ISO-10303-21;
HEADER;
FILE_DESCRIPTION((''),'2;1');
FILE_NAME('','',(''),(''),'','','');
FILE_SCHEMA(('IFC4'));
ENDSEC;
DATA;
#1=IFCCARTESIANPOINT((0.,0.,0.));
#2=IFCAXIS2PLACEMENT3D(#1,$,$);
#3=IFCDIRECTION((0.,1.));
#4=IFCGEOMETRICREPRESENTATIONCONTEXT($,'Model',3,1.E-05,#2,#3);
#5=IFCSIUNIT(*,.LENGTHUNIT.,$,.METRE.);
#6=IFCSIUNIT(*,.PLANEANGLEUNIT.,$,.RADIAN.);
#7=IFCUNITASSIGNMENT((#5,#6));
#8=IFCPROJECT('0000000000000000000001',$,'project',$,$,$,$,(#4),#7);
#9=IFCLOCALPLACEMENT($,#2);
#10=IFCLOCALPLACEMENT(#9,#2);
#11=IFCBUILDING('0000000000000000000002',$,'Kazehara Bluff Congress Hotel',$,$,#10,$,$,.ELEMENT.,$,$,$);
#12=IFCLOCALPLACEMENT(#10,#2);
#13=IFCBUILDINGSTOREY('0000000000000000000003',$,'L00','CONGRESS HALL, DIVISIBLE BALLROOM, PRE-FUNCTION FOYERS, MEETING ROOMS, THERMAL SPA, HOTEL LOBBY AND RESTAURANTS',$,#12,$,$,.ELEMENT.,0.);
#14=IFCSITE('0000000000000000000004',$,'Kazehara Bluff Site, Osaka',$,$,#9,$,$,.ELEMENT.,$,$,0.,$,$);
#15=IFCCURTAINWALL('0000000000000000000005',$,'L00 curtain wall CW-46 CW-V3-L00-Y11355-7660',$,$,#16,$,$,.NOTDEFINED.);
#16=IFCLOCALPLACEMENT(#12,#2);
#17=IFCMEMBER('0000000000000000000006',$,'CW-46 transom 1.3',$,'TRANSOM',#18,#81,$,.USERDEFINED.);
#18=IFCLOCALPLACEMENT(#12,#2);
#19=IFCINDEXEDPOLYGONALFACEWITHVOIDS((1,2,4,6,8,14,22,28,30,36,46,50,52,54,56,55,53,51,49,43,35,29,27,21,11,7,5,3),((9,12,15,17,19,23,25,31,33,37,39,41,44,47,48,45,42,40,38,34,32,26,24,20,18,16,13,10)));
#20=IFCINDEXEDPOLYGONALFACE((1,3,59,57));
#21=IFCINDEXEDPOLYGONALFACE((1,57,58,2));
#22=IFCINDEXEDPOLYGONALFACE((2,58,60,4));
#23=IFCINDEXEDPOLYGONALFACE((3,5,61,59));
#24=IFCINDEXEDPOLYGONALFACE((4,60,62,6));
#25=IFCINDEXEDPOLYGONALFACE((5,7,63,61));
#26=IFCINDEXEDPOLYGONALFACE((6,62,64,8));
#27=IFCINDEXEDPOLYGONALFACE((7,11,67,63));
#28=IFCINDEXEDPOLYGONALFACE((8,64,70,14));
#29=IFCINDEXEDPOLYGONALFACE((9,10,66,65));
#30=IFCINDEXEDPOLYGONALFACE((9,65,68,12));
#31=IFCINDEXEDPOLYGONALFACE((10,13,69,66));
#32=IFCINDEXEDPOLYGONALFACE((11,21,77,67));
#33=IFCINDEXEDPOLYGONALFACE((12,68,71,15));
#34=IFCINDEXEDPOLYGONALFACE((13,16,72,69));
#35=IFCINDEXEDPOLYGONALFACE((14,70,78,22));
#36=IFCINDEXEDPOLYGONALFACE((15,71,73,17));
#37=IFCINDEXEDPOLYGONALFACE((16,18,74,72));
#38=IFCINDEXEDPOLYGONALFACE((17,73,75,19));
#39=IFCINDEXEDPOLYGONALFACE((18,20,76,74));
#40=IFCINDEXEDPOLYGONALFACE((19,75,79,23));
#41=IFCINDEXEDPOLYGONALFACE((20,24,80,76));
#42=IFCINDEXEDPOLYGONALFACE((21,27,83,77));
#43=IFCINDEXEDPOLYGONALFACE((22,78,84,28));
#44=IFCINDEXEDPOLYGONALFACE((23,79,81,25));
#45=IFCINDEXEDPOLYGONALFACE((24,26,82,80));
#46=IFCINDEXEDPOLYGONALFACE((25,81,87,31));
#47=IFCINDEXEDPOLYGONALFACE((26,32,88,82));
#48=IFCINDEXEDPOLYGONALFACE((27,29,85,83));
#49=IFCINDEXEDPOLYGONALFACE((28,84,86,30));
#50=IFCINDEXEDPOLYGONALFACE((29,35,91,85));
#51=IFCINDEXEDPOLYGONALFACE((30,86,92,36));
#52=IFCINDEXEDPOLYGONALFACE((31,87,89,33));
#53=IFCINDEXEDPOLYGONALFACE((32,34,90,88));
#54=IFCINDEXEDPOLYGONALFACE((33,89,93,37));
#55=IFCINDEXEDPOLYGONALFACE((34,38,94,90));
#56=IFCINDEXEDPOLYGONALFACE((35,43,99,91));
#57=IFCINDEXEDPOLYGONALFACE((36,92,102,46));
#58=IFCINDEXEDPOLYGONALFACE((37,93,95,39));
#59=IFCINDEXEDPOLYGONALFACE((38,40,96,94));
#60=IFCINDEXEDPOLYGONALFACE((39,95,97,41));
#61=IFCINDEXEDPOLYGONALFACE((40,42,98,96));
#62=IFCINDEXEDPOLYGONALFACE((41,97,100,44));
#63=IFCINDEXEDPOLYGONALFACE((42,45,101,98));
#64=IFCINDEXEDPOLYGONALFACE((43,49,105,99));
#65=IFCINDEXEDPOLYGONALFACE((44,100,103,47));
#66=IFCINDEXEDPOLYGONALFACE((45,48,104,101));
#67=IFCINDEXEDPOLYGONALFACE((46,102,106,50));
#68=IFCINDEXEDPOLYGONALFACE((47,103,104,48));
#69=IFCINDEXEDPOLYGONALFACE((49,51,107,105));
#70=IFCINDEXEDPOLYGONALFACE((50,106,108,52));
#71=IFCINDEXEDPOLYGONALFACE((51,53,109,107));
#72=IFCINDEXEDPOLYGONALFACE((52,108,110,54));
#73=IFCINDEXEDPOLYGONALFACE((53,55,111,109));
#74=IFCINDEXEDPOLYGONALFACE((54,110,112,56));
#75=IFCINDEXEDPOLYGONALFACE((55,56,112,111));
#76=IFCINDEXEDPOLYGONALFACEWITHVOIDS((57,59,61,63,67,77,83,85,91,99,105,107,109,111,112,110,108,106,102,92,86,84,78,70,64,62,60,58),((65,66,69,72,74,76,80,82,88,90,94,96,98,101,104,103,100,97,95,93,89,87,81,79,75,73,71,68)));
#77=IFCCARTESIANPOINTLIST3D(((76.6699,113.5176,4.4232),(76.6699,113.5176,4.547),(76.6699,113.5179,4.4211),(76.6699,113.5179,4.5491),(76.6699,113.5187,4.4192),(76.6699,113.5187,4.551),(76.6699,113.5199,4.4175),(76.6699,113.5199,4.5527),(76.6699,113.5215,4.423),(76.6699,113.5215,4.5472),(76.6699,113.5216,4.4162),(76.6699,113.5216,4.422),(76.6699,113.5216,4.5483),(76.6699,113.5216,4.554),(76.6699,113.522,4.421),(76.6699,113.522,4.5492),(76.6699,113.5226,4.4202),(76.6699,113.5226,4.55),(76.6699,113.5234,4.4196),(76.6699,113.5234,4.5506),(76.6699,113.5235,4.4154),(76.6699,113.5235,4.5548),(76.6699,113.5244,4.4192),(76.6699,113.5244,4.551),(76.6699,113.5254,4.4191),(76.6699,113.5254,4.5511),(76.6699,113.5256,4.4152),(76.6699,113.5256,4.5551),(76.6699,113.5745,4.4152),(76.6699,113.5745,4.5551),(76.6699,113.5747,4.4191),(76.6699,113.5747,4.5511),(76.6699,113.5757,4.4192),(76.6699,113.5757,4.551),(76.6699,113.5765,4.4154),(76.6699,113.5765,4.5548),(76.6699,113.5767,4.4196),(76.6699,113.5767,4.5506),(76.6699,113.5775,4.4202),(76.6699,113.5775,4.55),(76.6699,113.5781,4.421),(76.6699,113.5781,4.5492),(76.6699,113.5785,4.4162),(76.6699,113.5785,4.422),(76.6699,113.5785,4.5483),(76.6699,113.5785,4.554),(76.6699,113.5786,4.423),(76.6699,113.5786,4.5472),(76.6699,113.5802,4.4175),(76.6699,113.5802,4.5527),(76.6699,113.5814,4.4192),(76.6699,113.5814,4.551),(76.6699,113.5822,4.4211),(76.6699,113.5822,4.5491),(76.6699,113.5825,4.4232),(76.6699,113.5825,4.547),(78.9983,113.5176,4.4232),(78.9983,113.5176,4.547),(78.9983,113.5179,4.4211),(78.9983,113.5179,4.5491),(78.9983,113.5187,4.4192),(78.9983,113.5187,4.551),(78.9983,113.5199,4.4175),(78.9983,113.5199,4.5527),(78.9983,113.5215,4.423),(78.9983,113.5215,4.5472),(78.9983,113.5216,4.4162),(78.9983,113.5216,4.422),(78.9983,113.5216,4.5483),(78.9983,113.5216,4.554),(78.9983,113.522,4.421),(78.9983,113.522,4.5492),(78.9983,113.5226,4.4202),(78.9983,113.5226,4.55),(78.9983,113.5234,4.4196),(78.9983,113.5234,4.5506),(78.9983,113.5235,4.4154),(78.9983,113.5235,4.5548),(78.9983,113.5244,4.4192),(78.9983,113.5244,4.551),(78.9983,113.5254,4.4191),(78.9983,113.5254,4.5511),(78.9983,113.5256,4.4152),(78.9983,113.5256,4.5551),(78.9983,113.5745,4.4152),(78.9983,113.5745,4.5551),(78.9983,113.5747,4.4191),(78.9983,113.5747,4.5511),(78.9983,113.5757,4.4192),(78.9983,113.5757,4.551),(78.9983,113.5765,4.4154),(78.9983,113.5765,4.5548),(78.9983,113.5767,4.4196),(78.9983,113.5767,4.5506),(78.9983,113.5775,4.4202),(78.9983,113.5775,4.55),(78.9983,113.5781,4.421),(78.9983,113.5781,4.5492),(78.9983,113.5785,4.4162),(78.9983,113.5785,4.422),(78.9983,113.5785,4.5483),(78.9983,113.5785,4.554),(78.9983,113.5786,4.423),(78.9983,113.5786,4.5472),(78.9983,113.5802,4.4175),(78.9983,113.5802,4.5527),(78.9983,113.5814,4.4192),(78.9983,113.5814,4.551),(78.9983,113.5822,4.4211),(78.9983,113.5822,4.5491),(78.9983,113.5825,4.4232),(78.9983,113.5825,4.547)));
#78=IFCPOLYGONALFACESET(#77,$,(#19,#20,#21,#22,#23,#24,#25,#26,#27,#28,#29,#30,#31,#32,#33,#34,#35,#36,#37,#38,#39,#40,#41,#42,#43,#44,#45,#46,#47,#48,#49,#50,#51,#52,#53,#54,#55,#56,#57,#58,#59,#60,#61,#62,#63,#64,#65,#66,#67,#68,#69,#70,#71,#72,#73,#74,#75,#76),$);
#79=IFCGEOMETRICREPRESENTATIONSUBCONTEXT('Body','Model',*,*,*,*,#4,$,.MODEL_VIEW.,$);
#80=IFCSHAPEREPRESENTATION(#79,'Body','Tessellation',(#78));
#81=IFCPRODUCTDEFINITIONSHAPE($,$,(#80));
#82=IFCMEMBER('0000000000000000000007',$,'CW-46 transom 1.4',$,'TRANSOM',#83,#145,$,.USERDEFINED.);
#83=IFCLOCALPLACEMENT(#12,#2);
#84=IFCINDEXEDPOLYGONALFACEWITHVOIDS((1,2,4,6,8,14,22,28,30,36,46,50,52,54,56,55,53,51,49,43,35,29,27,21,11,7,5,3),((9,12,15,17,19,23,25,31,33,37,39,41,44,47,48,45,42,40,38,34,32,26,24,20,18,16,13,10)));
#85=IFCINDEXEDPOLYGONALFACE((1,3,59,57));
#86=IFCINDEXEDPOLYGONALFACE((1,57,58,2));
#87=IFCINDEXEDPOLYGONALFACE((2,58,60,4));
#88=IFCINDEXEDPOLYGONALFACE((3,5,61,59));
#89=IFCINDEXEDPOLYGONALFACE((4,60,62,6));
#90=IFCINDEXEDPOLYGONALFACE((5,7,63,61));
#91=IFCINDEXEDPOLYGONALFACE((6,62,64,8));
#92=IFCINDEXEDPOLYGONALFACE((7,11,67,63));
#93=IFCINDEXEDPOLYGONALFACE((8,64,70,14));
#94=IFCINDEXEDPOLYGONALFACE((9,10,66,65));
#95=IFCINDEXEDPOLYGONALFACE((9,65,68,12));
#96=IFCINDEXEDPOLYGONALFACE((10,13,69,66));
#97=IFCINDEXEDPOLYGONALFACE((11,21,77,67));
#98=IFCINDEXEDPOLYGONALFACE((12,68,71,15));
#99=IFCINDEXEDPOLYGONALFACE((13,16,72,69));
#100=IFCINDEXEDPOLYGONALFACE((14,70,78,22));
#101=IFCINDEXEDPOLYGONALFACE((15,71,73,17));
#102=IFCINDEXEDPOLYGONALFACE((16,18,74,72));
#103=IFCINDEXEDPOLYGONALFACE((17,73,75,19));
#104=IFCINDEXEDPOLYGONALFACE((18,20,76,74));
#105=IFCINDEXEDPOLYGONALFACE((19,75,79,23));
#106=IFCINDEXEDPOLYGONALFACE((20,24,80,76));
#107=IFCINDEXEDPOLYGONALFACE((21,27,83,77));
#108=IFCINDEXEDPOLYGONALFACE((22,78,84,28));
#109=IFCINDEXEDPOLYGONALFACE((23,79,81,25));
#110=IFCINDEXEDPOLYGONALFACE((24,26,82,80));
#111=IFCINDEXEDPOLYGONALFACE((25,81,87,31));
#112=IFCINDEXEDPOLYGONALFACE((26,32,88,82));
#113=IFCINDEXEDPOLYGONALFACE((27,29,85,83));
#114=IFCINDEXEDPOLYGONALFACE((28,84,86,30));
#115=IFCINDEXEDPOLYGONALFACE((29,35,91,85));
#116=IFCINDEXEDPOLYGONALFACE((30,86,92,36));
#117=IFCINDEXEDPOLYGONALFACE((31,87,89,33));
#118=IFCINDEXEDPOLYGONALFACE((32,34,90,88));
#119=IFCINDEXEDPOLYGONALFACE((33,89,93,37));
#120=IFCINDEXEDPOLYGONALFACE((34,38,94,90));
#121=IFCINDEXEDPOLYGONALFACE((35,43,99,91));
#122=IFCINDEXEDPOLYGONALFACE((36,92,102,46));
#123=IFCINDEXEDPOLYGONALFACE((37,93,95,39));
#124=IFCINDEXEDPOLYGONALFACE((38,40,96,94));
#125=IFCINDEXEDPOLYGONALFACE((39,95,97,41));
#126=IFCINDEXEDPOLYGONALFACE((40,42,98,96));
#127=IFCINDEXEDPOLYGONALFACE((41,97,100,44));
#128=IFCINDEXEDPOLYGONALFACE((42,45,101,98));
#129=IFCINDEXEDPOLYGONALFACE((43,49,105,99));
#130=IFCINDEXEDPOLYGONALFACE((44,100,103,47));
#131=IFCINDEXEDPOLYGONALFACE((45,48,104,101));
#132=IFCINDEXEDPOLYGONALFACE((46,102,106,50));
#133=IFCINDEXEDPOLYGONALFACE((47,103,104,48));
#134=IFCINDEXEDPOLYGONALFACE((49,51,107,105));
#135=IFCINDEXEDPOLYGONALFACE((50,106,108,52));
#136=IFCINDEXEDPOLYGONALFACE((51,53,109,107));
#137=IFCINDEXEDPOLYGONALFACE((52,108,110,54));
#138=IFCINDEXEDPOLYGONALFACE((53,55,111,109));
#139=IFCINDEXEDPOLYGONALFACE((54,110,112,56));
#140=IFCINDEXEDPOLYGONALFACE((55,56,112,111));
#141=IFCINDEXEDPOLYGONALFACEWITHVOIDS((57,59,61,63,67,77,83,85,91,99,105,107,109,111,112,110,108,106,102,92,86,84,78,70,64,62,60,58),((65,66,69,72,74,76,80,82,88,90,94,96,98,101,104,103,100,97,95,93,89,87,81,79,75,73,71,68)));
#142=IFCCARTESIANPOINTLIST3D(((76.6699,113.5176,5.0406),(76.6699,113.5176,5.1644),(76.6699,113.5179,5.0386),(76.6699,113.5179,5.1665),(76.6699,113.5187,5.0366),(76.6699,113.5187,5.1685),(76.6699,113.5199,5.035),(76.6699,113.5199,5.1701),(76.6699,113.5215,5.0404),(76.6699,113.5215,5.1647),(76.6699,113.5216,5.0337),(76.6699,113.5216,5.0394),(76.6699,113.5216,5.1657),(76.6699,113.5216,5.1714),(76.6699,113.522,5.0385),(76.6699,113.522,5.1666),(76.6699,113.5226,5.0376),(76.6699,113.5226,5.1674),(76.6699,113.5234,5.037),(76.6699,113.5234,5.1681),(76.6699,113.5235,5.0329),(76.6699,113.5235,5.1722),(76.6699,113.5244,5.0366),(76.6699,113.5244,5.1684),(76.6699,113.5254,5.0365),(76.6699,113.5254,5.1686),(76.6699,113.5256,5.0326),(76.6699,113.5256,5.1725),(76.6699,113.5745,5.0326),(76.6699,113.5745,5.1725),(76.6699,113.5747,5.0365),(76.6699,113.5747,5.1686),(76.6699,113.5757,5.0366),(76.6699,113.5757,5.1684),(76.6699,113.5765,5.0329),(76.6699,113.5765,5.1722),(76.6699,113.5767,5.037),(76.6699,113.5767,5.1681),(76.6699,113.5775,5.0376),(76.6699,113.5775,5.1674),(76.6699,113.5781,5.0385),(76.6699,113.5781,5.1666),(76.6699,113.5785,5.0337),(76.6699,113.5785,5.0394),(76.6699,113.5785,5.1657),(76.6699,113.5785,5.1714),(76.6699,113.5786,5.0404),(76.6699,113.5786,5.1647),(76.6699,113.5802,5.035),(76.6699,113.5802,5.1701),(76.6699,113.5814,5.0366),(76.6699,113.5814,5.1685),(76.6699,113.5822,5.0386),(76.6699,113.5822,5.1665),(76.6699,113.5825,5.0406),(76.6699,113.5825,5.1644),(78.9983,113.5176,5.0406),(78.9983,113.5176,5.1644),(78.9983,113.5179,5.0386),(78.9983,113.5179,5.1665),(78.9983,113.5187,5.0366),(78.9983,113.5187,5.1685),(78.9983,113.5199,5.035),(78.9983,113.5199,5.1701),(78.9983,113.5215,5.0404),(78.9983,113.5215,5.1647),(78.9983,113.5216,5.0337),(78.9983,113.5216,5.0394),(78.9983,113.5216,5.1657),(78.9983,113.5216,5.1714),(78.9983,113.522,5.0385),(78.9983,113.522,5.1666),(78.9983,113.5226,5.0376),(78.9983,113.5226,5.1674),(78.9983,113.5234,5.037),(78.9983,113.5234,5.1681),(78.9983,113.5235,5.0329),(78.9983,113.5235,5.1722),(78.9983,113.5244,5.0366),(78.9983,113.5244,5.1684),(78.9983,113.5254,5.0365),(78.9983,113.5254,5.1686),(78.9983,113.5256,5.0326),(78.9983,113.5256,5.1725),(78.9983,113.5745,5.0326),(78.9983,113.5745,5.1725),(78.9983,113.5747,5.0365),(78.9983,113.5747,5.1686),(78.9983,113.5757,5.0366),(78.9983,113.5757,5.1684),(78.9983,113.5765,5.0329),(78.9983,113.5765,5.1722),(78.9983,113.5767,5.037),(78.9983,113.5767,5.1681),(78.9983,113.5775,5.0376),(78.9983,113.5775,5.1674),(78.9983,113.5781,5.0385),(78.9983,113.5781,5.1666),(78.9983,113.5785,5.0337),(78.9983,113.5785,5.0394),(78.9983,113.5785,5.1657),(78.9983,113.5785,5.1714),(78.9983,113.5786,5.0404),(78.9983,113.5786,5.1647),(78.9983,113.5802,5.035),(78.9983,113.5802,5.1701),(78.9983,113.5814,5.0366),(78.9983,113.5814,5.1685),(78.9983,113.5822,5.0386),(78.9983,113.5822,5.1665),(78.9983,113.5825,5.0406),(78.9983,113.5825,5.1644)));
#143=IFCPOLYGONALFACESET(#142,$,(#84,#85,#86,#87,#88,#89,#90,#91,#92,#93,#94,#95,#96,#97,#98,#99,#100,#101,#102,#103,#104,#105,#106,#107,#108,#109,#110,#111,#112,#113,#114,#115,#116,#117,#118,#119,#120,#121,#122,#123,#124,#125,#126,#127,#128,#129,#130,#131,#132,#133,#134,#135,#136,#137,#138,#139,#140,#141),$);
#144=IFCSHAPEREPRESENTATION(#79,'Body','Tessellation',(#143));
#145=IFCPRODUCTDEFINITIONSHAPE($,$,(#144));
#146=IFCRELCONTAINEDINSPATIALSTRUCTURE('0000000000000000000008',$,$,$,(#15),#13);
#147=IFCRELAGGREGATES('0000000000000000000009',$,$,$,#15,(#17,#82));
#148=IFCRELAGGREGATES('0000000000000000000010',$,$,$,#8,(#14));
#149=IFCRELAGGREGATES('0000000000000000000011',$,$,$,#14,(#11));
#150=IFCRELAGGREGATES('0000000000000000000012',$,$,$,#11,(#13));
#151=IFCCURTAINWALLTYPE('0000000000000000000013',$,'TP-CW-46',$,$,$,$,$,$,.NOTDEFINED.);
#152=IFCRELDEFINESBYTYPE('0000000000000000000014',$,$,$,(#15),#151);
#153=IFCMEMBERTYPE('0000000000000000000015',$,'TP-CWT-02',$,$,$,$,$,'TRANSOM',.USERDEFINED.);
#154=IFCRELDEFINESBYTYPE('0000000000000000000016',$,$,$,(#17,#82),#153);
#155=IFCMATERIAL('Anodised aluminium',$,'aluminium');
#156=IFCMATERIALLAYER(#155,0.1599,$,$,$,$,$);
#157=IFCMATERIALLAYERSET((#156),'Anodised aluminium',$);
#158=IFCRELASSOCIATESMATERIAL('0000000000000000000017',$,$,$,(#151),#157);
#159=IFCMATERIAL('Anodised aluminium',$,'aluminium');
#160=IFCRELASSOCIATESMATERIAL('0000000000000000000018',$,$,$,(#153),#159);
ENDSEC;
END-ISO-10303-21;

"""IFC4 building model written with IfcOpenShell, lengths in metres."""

from ifc_helpers import new_model, si_unit, direction, frame, origin, origin_2d, place, context, subcontext, project, spatial, hollow_rectangle, extrude, material, layer, layer_set, material_profile, profile_set, type_object, element, aggregate, save


model = new_model("IFC4")

# Units and contexts
model_context = context("Model", 3, precision=1e-05, world=origin(), true_north=direction((0.0, 1.0)))
body_context = subcontext(model_context, "Body", "Model", "MODEL_VIEW")
ifc_project = project(units=[si_unit("LENGTHUNIT", "METRE"), si_unit("PLANEANGLEUNIT", "RADIAN")], contexts=[model_context])

# Site, building, storey
site_placement = place(None, origin())
site = spatial("IfcSite", under=ifc_project, at=site_placement, Name="Kazehara Bluff Site, Osaka", CompositionType="ELEMENT", RefElevation=0.0)
building_placement = place(site_placement, origin())
building = spatial("IfcBuilding", under=site, at=building_placement, Name="Kazehara Bluff Congress Hotel", CompositionType="ELEMENT")
storey_placement = place(building_placement, origin())
storey = spatial("IfcBuildingStorey", under=building, at=storey_placement, Name="L00", Description="CONGRESS HALL, DIVISIBLE BALLROOM, PRE-FUNCTION FOYERS, MEETING ROOMS, THERMAL SPA, HOTEL LOBBY AND RESTAURANTS", CompositionType="ELEMENT", Elevation=0.0)

# Curtain wall, members
ifc_material_1 = material(Name="Anodised aluminium", Category="aluminium")
ifc_layer_1 = layer(ifc_material_1, 0.1599)
ifc_layer_set_1 = layer_set([ifc_layer_1], Name="Anodised aluminium")
curtain_wall_type_1 = type_object("IfcCurtainWallType", Name="TP-CW-46", PredefinedType="NOTDEFINED", material=ifc_layer_set_1)
curtain_wall_1_placement = place(storey_placement, origin())
curtain_wall_1 = element("IfcCurtainWall", 1, at=curtain_wall_1_placement, inside=storey, type_object=curtain_wall_type_1, Name="L00 curtain wall CW-46 CW-V3-L00-Y11355-7660", PredefinedType="NOTDEFINED")
ifc_material_2 = material(Name="Anodised aluminium", Category="aluminium")
ifc_material_profile_1 = material_profile(ifc_material_2, hollow_rectangle(XDim=0.0649, YDim=0.1399, WallThickness=0.0039, InnerFilletRadius=0.0039, OuterFilletRadius=0.0081, at=origin_2d()))
ifc_profile_set_1 = profile_set([ifc_material_profile_1], Name="Anodised aluminium")
member_type_1 = type_object("IfcMemberType", Name="TP-CWT-02", ElementType="TRANSOM", PredefinedType="USERDEFINED", material=ifc_profile_set_1)
member_1_placement = place(storey_placement, frame((76.6699, 113.55, 4.4851), z_axis=(1.0, 0.0, 0.0), x_axis=(0.0, 1.0, 0.0)))
member_1 = element("IfcMember", 2, at=member_1_placement, type_object=member_type_1, Name="CW-46 transom 1.3", ObjectType="TRANSOM", PredefinedType="USERDEFINED", context=body_context, shape_type="SweptSolid", body=[
    extrude(hollow_rectangle(XDim=0.0649, YDim=0.1399, WallThickness=0.0039, InnerFilletRadius=0.0039, OuterFilletRadius=0.0081, at=origin_2d()), origin(), (0.0, 0.0, 1.0), 2.3284),
])
member_2_placement = place(storey_placement, frame((76.6699, 113.55, 5.1025), z_axis=(1.0, 0.0, 0.0), x_axis=(0.0, 1.0, 0.0)))
member_2 = element("IfcMember", 3, at=member_2_placement, type_object=member_type_1, Name="CW-46 transom 1.4", ObjectType="TRANSOM", PredefinedType="USERDEFINED", context=body_context, shape_type="SweptSolid", body=[
    extrude(hollow_rectangle(XDim=0.0649, YDim=0.1399, WallThickness=0.0039, InnerFilletRadius=0.0039, OuterFilletRadius=0.0081, at=origin_2d()), origin(), (0.0, 0.0, 1.0), 2.3284),
])

aggregate(curtain_wall_1, [member_1, member_2])

save(model, "model.ifc")
